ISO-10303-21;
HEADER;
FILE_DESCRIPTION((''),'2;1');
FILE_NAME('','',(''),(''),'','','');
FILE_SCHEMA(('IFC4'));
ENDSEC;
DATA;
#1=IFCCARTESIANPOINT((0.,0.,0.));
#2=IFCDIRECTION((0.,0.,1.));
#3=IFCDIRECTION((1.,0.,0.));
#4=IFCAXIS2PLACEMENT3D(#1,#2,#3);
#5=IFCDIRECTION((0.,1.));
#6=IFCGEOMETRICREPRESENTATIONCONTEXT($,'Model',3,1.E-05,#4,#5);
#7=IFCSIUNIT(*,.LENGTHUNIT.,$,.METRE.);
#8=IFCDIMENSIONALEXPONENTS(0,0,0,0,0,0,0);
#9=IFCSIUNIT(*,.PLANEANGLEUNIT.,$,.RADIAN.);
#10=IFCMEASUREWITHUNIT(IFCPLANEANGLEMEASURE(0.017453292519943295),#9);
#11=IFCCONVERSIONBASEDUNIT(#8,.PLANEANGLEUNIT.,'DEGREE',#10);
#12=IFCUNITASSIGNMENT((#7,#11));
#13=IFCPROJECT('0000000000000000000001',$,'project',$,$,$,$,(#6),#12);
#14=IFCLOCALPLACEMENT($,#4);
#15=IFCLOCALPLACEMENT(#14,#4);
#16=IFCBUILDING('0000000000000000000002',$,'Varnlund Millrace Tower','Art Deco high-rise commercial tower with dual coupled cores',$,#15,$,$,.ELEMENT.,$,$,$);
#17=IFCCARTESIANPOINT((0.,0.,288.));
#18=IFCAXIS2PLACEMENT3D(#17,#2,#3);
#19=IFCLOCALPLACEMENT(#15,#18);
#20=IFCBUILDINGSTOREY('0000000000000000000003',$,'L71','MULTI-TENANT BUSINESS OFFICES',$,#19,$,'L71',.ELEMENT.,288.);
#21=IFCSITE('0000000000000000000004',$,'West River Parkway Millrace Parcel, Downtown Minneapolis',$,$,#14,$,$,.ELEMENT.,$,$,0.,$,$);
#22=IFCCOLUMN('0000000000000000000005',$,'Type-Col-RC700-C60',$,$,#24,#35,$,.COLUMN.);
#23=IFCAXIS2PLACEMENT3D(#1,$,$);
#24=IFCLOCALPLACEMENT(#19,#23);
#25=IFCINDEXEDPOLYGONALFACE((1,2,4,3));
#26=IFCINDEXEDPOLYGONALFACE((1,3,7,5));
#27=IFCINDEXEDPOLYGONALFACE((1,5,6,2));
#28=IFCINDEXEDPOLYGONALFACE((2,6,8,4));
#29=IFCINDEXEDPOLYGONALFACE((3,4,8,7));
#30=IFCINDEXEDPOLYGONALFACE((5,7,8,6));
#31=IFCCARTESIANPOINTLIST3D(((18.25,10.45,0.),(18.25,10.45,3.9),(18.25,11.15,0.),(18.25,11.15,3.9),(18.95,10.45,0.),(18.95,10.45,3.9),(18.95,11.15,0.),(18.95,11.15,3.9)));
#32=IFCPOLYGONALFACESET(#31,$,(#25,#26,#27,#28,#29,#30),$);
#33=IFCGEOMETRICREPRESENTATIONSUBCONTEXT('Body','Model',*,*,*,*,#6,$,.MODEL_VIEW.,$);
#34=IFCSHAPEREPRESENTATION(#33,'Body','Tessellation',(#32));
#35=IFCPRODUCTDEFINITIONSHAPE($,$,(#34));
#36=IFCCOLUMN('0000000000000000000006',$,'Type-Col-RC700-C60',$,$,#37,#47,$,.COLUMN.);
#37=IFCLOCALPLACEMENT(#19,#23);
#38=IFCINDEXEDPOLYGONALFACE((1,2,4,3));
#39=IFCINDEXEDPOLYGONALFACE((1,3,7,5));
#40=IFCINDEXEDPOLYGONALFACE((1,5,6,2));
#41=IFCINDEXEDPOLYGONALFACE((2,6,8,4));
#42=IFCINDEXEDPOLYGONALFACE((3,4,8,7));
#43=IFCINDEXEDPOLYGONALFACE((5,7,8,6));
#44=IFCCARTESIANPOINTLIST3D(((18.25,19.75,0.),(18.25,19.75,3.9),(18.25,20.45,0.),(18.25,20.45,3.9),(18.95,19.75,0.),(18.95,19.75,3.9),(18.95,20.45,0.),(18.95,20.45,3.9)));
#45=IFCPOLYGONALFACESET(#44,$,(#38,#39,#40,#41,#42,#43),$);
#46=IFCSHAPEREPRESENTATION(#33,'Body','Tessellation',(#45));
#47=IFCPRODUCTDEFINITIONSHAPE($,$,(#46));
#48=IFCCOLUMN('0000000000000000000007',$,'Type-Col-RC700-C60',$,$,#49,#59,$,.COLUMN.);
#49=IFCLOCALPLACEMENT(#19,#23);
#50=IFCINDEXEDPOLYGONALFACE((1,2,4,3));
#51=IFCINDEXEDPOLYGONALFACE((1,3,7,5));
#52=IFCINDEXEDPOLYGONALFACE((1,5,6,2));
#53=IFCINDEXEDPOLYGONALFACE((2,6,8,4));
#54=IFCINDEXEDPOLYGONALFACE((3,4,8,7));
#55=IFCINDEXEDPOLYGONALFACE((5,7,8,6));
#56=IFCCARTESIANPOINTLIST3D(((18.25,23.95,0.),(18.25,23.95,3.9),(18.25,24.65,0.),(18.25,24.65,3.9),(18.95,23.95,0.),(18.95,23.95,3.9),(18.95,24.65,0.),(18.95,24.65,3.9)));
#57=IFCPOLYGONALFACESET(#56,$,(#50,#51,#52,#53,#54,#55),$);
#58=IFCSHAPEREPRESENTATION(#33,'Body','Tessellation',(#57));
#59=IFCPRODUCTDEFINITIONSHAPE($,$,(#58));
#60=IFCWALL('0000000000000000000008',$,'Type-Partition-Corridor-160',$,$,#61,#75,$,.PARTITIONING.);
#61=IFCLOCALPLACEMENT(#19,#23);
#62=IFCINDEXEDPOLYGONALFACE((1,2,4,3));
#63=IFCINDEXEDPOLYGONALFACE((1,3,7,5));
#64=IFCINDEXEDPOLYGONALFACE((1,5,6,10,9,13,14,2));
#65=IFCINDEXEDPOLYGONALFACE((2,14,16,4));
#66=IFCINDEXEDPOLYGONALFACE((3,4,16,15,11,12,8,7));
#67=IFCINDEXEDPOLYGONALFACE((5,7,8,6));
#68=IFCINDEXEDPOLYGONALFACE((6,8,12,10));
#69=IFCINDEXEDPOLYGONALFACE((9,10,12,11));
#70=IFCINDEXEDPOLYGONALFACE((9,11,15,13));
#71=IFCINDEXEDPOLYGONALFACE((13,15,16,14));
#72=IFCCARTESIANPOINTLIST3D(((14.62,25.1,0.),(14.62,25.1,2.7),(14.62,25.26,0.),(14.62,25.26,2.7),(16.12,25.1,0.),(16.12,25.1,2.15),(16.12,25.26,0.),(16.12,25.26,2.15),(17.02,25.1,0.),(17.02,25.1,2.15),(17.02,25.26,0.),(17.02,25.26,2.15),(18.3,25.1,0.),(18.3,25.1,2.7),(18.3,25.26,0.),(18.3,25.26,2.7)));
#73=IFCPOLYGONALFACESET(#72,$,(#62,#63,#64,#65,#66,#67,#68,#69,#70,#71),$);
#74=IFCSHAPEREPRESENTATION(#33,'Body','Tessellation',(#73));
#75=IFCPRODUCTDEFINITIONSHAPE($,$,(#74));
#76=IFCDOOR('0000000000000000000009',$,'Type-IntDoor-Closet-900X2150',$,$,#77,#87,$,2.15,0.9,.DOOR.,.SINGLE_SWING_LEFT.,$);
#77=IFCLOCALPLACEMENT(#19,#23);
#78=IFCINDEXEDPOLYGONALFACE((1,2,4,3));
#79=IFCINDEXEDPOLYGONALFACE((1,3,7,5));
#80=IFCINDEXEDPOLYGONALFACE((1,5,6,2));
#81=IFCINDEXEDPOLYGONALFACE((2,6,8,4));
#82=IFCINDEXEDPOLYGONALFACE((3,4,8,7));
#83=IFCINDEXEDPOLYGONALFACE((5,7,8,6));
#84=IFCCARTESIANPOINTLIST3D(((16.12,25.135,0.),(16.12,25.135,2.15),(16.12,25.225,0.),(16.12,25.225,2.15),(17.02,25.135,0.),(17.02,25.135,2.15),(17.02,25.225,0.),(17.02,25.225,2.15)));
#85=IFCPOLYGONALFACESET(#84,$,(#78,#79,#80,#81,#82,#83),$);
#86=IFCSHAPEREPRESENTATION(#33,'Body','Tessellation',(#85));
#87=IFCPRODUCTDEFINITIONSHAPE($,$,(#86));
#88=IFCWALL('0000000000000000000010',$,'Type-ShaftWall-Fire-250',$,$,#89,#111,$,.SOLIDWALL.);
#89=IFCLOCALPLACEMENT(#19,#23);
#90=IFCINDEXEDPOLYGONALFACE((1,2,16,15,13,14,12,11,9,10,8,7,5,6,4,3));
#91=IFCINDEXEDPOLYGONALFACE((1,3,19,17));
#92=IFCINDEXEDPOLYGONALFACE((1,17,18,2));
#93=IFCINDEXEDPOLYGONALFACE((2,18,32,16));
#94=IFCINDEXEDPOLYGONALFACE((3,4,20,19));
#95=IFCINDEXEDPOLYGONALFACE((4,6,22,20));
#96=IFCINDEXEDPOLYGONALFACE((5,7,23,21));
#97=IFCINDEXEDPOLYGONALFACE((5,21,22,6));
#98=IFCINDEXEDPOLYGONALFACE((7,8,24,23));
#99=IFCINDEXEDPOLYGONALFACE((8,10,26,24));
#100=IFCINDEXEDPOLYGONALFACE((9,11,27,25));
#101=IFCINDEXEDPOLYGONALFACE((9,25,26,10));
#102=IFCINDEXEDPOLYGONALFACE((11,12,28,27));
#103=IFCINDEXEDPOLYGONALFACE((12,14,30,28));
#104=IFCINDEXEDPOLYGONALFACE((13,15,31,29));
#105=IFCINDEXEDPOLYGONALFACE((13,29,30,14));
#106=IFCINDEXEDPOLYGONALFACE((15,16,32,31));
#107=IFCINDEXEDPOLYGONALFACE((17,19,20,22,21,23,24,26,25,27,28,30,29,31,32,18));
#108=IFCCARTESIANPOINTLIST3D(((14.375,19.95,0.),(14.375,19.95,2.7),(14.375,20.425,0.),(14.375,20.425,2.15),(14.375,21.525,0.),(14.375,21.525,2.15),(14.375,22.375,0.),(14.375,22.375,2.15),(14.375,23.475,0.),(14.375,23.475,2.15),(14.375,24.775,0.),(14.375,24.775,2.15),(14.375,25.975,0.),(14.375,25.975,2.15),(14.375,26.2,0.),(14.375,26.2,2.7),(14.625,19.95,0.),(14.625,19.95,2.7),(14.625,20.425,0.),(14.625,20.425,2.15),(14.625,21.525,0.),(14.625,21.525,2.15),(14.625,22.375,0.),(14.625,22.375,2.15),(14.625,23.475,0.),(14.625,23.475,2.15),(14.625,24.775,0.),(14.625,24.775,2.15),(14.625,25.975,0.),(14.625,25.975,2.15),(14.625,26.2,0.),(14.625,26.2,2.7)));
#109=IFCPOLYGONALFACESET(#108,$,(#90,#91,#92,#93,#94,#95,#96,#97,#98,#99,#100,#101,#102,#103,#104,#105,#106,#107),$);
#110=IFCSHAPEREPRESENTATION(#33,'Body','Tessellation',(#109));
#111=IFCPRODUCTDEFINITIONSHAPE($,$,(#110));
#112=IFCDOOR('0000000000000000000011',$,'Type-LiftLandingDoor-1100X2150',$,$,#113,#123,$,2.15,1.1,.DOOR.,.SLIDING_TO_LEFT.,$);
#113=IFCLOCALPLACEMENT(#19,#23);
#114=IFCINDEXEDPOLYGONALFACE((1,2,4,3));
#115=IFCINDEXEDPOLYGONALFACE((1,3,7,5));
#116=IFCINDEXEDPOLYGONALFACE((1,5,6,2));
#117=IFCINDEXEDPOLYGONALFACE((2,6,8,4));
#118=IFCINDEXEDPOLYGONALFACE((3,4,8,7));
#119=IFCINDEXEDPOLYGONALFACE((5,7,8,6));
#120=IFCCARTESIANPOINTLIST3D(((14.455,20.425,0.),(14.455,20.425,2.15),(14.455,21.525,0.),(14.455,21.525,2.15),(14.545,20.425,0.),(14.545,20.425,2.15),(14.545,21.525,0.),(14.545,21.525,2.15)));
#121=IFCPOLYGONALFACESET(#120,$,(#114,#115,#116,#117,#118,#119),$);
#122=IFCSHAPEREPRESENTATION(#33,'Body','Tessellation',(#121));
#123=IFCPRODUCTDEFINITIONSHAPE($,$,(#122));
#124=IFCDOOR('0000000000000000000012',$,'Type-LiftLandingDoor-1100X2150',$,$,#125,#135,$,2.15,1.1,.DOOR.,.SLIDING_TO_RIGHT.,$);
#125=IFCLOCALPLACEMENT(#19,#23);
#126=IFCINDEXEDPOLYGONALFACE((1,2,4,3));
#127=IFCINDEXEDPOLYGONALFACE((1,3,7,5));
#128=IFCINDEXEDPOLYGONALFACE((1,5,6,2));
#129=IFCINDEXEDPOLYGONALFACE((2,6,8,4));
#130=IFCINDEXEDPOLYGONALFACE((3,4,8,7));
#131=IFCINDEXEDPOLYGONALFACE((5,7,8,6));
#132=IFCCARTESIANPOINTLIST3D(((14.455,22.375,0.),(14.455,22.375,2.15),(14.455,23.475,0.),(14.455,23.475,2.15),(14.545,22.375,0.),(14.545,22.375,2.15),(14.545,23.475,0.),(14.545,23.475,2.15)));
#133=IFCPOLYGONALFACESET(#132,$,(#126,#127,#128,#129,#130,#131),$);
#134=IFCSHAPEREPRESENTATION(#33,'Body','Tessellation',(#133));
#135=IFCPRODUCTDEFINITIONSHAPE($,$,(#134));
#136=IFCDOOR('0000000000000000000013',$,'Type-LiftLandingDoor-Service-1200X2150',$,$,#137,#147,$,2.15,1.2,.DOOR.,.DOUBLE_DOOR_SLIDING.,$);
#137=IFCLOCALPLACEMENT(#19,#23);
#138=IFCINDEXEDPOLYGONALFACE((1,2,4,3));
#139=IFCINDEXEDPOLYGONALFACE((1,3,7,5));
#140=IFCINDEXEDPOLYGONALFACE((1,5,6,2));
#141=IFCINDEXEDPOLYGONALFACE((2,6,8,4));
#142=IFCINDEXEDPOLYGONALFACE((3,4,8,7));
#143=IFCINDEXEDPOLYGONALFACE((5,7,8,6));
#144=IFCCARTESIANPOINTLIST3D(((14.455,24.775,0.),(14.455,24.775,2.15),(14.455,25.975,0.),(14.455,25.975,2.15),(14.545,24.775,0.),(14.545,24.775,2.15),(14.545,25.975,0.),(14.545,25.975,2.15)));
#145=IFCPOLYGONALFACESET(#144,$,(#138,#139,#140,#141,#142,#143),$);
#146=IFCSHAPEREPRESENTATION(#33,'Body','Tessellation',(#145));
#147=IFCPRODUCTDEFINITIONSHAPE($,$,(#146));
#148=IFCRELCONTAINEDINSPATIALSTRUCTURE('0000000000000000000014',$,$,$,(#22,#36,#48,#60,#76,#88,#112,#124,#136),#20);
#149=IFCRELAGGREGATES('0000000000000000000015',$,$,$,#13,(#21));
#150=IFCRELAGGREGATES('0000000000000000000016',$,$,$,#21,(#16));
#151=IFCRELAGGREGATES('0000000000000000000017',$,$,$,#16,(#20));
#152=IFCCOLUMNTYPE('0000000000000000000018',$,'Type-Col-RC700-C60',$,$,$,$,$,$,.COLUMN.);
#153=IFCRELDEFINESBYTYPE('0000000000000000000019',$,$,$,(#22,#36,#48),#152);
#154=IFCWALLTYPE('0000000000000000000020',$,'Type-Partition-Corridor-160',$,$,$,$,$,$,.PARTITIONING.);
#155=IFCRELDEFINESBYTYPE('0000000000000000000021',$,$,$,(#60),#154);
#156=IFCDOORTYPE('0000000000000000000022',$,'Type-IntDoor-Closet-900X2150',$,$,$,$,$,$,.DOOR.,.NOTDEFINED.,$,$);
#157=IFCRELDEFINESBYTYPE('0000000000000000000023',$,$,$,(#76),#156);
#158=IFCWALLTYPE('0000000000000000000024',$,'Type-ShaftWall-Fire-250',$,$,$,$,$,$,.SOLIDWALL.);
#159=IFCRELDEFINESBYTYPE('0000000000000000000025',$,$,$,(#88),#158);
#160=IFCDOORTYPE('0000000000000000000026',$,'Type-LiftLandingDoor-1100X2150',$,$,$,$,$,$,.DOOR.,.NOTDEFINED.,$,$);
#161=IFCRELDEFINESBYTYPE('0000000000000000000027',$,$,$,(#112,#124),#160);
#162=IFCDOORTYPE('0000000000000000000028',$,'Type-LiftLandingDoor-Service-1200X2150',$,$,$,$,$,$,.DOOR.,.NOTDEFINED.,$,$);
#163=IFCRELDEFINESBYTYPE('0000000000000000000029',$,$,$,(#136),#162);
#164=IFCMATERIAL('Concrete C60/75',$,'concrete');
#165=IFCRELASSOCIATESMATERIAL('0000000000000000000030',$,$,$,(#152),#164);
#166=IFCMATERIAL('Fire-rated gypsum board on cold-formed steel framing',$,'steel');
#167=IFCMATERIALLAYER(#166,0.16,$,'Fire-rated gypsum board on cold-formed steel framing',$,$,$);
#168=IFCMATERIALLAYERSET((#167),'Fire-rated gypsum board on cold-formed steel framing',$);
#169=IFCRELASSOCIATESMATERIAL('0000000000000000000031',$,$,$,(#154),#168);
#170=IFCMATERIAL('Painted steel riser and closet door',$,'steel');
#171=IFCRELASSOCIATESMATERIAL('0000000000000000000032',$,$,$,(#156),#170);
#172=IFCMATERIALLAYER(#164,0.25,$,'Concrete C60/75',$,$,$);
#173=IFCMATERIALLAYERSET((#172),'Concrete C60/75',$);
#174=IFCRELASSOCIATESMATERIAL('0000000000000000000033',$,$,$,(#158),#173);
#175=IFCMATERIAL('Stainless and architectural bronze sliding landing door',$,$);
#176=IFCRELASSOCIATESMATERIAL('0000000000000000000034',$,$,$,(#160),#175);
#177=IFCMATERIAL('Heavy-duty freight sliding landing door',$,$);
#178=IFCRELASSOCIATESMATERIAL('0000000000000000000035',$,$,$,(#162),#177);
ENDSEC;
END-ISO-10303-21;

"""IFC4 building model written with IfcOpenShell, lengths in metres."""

from ifc_helpers import new_model, entity, si_unit, converted_unit, direction, frame, origin_with_axes, origin_2d_with_axis, place, context, subcontext, project, spatial, polyline, rectangle, outline, extrude, material, layer, layer_set, material_profile, profile_set, type_object, element, fill, save


model = new_model("IFC4")

# Units and contexts
model_context = context("Model", 3, precision=1e-05, world=origin_with_axes(), true_north=direction((0.0, 1.0)))
body_context = subcontext(model_context, "Body", "Model", "MODEL_VIEW")
ifc_project = project(units=[si_unit("LENGTHUNIT", "METRE"), converted_unit("PLANEANGLEUNIT", "DEGREE", entity("IfcPlaneAngleMeasure", 0.017453292519943295), si_unit("PLANEANGLEUNIT", "RADIAN"), dimensions=[0, 0, 0, 0, 0, 0, 0])], contexts=[model_context])

# Site, building, storey
site_placement = place(None, origin_with_axes())
site = spatial("IfcSite", under=ifc_project, at=site_placement, Name="West River Parkway Millrace Parcel, Downtown Minneapolis", CompositionType="ELEMENT", RefElevation=0.0)
building_placement = place(site_placement, origin_with_axes())
building = spatial("IfcBuilding", under=site, at=building_placement, Name="Varnlund Millrace Tower", Description="Art Deco high-rise commercial tower with dual coupled cores", CompositionType="ELEMENT")
storey_placement = place(building_placement, frame((0.0, 0.0, 288.0), z_axis=(0.0, 0.0, 1.0), x_axis=(1.0, 0.0, 0.0)))
storey = spatial("IfcBuildingStorey", under=building, at=storey_placement, Name="L71", Description="MULTI-TENANT BUSINESS OFFICES", LongName="L71", CompositionType="ELEMENT", Elevation=288.0)

# Columns
ifc_material_1 = material(Name="Concrete C60/75", Category="concrete")
ifc_material_profile_1 = material_profile(ifc_material_1, rectangle(XDim=0.7, YDim=0.7, at=origin_2d_with_axis()), Name="Concrete C60/75")
ifc_profile_set_1 = profile_set([ifc_material_profile_1], Name="Concrete C60/75")
column_type_1 = type_object("IfcColumnType", Name="Type-Col-RC700-C60", PredefinedType="COLUMN", material=ifc_profile_set_1)
for number, where, z_axis, x_axis, name in (
    (1, (18.6, 10.8, 0.0), (0.0, 0.0, 1.0), (1.0, 0.0, 0.0), "Type-Col-RC700-C60"),
    (2, (18.6, 20.1, 0.0), (0.0, 0.0, 1.0), (1.0, 0.0, 0.0), "Type-Col-RC700-C60"),
    (3, (18.6, 24.3, 0.0), (0.0, 0.0, 1.0), (1.0, 0.0, 0.0), "Type-Col-RC700-C60"),
):
    element("IfcColumn", number, at=place(storey_placement, frame(where, z_axis=z_axis, x_axis=x_axis)), inside=storey, type_object=column_type_1, Name=name, PredefinedType="COLUMN", context=body_context, shape_type="SweptSolid", body=[
        extrude(rectangle(XDim=0.7, YDim=0.7, at=origin_2d_with_axis()), origin_with_axes(), (0.0, 0.0, 1.0), 3.9),
    ])

# Wall, opening, door
ifc_material_2 = material(Name="Fire-rated gypsum board on cold-formed steel framing", Category="steel")
ifc_layer_1 = layer(ifc_material_2, 0.16, Name="Fire-rated gypsum board on cold-formed steel framing")
ifc_layer_set_1 = layer_set([ifc_layer_1], Name="Fire-rated gypsum board on cold-formed steel framing")
wall_type_1 = type_object("IfcWallType", Name="Type-Partition-Corridor-160", PredefinedType="PARTITIONING", material=ifc_layer_set_1)
wall_1_placement = place(storey_placement, frame((14.62, 25.18, 0.0), z_axis=(0.0, 0.0, 1.0), x_axis=(1.0, 0.0, 0.0)))
wall_1 = element("IfcWall", 4, at=wall_1_placement, inside=storey, type_object=wall_type_1, Name="Type-Partition-Corridor-160", PredefinedType="PARTITIONING", context=body_context, shape_type="SweptSolid", body=[
    extrude(outline(polyline([(0.0, -0.08), (3.68, -0.08), (3.68, 0.08), (0.0, 0.08), (0.0, -0.08)])), origin_with_axes(), (0.0, 0.0, 1.0), 2.7),
])
opening_1_placement = place(wall_1_placement, frame((1.95, 0.0, 0.0), z_axis=(0.0, 0.0, 1.0), x_axis=(1.0, 0.0, 0.0)))
opening_1 = element("IfcOpeningElement", 5, at=opening_1_placement, cuts=wall_1, PredefinedType="OPENING", context=body_context, shape_type="SweptSolid", body=[
    extrude(rectangle(XDim=0.9, YDim=0.18, at=origin_2d_with_axis()), origin_with_axes(), (0.0, 0.0, 1.0), 2.15),
])
ifc_material_3 = material(Name="Painted steel riser and closet door", Category="steel")
door_type_1 = type_object("IfcDoorType", Name="Type-IntDoor-Closet-900X2150", OperationType="NOTDEFINED", PredefinedType="DOOR", material=ifc_material_3)
door_1_placement = place(wall_1_placement, frame((1.95, 0.0, 0.0), z_axis=(0.0, 0.0, 1.0), x_axis=(1.0, 0.0, 0.0)))
door_1 = element("IfcDoor", 6, at=door_1_placement, inside=storey, type_object=door_type_1, Name="Type-IntDoor-Closet-900X2150", OperationType="SINGLE_SWING_LEFT", OverallHeight=2.15, OverallWidth=0.9, PredefinedType="DOOR", context=body_context, shape_type="SweptSolid", body=[
    extrude(rectangle(XDim=0.9, YDim=0.09, at=origin_2d_with_axis()), origin_with_axes(), (0.0, 0.0, 1.0), 2.15),
])
fill(opening_1, door_1)

# Wall, openings, doors
ifc_layer_2 = layer(ifc_material_1, 0.25, Name="Concrete C60/75")
ifc_layer_set_2 = layer_set([ifc_layer_2], Name="Concrete C60/75")
wall_type_2 = type_object("IfcWallType", Name="Type-ShaftWall-Fire-250", PredefinedType="SOLIDWALL", material=ifc_layer_set_2)
wall_2_placement = place(storey_placement, frame((14.5, 19.95, 0.0), z_axis=(0.0, 0.0, 1.0), x_axis=(0.0, 1.0, 0.0)))
wall_2 = element("IfcWall", 7, at=wall_2_placement, inside=storey, type_object=wall_type_2, Name="Type-ShaftWall-Fire-250", PredefinedType="SOLIDWALL", context=body_context, shape_type="SweptSolid", body=[
    extrude(outline(polyline([(0.0, -0.125), (6.25, -0.125), (6.25, 0.125), (0.0, 0.125), (0.0, -0.125)])), origin_with_axes(), (0.0, 0.0, 1.0), 2.7),
])
opening_2_placement = place(wall_2_placement, frame((1.025, 0.0, 0.0), z_axis=(0.0, 0.0, 1.0), x_axis=(1.0, 0.0, 0.0)))
opening_2 = element("IfcOpeningElement", 8, at=opening_2_placement, cuts=wall_2, PredefinedType="OPENING", context=body_context, shape_type="SweptSolid", body=[
    extrude(rectangle(XDim=1.1, YDim=0.27, at=origin_2d_with_axis()), origin_with_axes(), (0.0, 0.0, 1.0), 2.15),
])
opening_3_placement = place(wall_2_placement, frame((2.975, 0.0, 0.0), z_axis=(0.0, 0.0, 1.0), x_axis=(1.0, 0.0, 0.0)))
opening_3 = element("IfcOpeningElement", 9, at=opening_3_placement, cuts=wall_2, PredefinedType="OPENING", context=body_context, shape_type="SweptSolid", body=[
    extrude(rectangle(XDim=1.1, YDim=0.27, at=origin_2d_with_axis()), origin_with_axes(), (0.0, 0.0, 1.0), 2.15),
])
opening_4_placement = place(wall_2_placement, frame((5.425, 0.0, 0.0), z_axis=(0.0, 0.0, 1.0), x_axis=(1.0, 0.0, 0.0)))
opening_4 = element("IfcOpeningElement", 10, at=opening_4_placement, cuts=wall_2, PredefinedType="OPENING", context=body_context, shape_type="SweptSolid", body=[
    extrude(rectangle(XDim=1.2, YDim=0.27, at=origin_2d_with_axis()), origin_with_axes(), (0.0, 0.0, 1.0), 2.15),
])
ifc_material_4 = material(Name="Stainless and architectural bronze sliding landing door")
door_type_2 = type_object("IfcDoorType", Name="Type-LiftLandingDoor-1100X2150", OperationType="NOTDEFINED", PredefinedType="DOOR", material=ifc_material_4)
door_2_placement = place(wall_2_placement, frame((1.025, 0.0, 0.0), z_axis=(0.0, 0.0, 1.0), x_axis=(1.0, 0.0, 0.0)))
door_2 = element("IfcDoor", 11, at=door_2_placement, inside=storey, type_object=door_type_2, Name="Type-LiftLandingDoor-1100X2150", OperationType="SLIDING_TO_LEFT", OverallHeight=2.15, OverallWidth=1.1, PredefinedType="DOOR", context=body_context, shape_type="SweptSolid", body=[
    extrude(rectangle(XDim=1.1, YDim=0.09, at=origin_2d_with_axis()), origin_with_axes(), (0.0, 0.0, 1.0), 2.15),
])
fill(opening_2, door_2)
door_3_placement = place(wall_2_placement, frame((2.975, 0.0, 0.0), z_axis=(0.0, 0.0, 1.0), x_axis=(1.0, 0.0, 0.0)))
door_3 = element("IfcDoor", 12, at=door_3_placement, inside=storey, type_object=door_type_2, Name="Type-LiftLandingDoor-1100X2150", OperationType="SLIDING_TO_RIGHT", OverallHeight=2.15, OverallWidth=1.1, PredefinedType="DOOR", context=body_context, shape_type="SweptSolid", body=[
    extrude(rectangle(XDim=1.1, YDim=0.09, at=origin_2d_with_axis()), origin_with_axes(), (0.0, 0.0, 1.0), 2.15),
])
fill(opening_3, door_3)
ifc_material_5 = material(Name="Heavy-duty freight sliding landing door")
door_type_3 = type_object("IfcDoorType", Name="Type-LiftLandingDoor-Service-1200X2150", OperationType="NOTDEFINED", PredefinedType="DOOR", material=ifc_material_5)
door_4_placement = place(wall_2_placement, frame((5.425, 0.0, 0.0), z_axis=(0.0, 0.0, 1.0), x_axis=(1.0, 0.0, 0.0)))
door_4 = element("IfcDoor", 13, at=door_4_placement, inside=storey, type_object=door_type_3, Name="Type-LiftLandingDoor-Service-1200X2150", OperationType="DOUBLE_DOOR_SLIDING", OverallHeight=2.15, OverallWidth=1.2, PredefinedType="DOOR", context=body_context, shape_type="SweptSolid", body=[
    extrude(rectangle(XDim=1.2, YDim=0.09, at=origin_2d_with_axis()), origin_with_axes(), (0.0, 0.0, 1.0), 2.15),
])
fill(opening_4, door_4)

save(model, "model.ifc")
